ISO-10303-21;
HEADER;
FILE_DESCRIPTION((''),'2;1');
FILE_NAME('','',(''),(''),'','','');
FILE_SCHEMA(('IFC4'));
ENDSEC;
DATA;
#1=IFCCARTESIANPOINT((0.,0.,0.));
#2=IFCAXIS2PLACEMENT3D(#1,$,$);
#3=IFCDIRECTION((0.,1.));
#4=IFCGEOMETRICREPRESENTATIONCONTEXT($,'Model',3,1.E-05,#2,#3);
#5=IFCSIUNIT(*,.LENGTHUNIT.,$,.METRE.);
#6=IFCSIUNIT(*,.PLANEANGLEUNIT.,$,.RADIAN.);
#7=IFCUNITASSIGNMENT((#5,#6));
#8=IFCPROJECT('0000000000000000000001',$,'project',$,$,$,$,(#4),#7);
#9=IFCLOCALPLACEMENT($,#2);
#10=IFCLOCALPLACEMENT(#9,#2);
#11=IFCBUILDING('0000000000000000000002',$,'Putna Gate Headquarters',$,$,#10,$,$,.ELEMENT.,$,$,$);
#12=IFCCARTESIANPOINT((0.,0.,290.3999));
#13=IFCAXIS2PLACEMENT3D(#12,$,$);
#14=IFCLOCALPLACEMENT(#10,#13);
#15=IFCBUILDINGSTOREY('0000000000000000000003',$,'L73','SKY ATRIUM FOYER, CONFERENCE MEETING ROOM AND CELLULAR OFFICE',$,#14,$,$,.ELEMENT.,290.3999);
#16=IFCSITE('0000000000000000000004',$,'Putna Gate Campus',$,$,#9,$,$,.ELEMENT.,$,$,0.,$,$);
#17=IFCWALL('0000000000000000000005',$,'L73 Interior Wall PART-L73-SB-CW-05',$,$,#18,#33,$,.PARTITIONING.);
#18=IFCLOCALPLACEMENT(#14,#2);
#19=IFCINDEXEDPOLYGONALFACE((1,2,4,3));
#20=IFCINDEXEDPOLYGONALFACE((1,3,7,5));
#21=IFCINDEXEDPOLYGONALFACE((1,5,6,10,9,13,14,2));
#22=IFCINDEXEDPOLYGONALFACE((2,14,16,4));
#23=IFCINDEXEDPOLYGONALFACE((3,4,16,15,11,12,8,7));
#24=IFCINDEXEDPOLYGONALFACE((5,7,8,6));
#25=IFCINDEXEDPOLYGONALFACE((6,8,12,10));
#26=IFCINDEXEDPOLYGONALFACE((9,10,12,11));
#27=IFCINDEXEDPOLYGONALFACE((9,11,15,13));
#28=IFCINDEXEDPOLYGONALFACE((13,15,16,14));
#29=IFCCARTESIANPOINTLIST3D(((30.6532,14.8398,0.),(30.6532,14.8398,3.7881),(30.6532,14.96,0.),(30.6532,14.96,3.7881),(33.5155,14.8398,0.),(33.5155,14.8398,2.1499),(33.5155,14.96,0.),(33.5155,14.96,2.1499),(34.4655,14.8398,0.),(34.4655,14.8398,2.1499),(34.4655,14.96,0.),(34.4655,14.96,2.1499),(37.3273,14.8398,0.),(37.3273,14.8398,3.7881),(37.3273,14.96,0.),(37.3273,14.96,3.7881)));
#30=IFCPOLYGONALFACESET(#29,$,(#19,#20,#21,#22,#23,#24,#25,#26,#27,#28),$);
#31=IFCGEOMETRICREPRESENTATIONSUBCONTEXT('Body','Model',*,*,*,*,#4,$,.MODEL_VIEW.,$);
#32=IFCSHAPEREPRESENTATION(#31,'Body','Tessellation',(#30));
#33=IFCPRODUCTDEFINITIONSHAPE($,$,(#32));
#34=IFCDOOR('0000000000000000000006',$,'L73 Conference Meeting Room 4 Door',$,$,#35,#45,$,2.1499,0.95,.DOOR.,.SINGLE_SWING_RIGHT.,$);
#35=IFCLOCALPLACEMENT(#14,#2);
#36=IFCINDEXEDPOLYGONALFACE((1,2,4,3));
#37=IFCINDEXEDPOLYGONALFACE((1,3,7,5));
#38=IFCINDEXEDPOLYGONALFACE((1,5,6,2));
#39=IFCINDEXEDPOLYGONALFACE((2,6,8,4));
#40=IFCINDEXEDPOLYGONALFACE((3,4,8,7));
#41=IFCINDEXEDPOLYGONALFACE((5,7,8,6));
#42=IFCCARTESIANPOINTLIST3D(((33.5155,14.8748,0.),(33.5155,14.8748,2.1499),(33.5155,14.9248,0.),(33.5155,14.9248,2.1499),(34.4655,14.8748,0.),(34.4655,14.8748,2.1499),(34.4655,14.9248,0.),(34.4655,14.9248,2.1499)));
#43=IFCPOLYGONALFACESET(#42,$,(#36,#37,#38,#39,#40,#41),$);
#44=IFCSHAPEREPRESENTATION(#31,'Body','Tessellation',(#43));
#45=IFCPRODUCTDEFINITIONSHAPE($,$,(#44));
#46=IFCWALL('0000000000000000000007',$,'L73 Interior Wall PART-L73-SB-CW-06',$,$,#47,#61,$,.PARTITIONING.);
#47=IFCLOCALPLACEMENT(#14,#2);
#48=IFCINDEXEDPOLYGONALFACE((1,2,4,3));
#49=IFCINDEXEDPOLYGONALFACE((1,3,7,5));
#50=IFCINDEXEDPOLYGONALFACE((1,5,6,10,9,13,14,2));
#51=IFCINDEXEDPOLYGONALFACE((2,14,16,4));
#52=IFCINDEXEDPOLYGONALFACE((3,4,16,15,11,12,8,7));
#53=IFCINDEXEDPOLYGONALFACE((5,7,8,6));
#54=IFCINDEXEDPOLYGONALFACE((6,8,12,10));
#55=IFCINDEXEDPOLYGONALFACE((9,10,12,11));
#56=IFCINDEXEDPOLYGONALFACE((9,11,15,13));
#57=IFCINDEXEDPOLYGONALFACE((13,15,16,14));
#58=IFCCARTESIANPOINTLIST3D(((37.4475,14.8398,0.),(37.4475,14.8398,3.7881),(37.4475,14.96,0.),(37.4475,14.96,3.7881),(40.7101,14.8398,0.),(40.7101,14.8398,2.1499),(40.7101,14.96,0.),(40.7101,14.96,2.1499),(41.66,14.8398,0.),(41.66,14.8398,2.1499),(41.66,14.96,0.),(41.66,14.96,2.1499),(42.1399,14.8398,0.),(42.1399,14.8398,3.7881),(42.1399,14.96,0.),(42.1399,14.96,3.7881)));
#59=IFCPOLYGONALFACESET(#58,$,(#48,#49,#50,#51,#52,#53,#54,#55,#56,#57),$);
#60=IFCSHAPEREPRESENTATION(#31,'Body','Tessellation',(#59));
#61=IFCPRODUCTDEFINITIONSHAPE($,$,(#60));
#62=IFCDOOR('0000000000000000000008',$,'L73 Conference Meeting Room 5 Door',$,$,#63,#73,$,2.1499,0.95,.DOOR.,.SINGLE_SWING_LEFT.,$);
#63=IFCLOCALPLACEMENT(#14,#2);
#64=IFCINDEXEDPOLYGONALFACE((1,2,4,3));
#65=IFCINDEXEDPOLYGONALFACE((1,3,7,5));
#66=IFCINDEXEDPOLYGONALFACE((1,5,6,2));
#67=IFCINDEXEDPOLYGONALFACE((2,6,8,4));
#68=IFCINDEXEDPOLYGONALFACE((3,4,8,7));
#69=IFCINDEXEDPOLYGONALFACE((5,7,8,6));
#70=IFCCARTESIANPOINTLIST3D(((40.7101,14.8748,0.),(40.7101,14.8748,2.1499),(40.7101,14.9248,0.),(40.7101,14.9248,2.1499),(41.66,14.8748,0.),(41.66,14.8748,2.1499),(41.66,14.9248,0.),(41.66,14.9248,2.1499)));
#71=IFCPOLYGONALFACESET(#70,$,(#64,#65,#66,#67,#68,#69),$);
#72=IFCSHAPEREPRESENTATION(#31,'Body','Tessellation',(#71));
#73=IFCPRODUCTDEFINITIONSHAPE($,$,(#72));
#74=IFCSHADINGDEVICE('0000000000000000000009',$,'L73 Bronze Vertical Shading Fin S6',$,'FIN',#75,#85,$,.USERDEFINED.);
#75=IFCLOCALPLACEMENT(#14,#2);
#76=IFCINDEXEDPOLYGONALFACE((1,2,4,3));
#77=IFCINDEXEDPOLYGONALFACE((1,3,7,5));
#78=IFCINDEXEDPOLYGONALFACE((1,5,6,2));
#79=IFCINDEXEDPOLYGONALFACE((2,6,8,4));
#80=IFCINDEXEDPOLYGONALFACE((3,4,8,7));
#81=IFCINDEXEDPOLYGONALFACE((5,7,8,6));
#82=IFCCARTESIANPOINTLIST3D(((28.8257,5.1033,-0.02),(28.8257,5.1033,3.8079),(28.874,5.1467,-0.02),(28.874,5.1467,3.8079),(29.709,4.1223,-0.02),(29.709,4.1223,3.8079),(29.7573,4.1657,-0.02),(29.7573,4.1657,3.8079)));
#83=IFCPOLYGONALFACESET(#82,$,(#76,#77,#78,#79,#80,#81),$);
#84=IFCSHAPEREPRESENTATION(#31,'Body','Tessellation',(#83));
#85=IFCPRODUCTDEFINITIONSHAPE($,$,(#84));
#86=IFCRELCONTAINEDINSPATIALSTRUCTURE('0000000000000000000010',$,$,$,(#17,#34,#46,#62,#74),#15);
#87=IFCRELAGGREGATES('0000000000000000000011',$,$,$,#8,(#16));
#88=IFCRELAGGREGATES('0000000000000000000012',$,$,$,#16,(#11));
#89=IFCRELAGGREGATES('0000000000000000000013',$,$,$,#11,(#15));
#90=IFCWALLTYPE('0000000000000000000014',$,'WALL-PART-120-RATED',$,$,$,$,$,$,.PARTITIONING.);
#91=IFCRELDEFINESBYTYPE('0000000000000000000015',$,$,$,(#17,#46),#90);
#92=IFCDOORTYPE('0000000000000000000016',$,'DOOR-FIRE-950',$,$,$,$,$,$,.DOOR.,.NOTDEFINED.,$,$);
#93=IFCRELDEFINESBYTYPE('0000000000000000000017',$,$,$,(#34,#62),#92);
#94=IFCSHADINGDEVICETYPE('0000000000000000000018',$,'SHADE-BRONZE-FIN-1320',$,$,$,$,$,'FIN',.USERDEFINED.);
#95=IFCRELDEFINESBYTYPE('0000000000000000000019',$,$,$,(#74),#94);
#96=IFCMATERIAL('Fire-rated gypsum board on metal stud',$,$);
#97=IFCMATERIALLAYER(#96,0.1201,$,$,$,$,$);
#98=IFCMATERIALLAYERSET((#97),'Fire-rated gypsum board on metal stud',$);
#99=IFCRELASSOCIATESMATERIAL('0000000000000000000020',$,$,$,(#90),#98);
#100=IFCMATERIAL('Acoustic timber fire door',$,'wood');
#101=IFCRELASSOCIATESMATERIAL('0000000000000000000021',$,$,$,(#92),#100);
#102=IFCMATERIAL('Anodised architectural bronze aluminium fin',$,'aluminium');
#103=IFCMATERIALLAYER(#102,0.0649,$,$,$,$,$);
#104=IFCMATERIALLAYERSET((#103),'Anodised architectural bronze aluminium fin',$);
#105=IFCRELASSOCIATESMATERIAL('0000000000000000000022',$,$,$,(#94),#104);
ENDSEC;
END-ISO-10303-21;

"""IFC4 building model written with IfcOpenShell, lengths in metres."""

from ifc_helpers import new_model, si_unit, direction, frame, frame_2d, origin, origin_2d, place, context, subcontext, project, spatial, rectangle, extrude, material, layer, layer_set, type_object, element, fill, save


model = new_model("IFC4")

# Units and contexts
model_context = context("Model", 3, precision=1e-05, world=origin(), true_north=direction((0.0, 1.0)))
body_context = subcontext(model_context, "Body", "Model", "MODEL_VIEW")
ifc_project = project(units=[si_unit("LENGTHUNIT", "METRE"), si_unit("PLANEANGLEUNIT", "RADIAN")], contexts=[model_context])

# Site, building, storey
site_placement = place(None, origin())
site = spatial("IfcSite", under=ifc_project, at=site_placement, Name="Putna Gate Campus", CompositionType="ELEMENT", RefElevation=0.0)
building_placement = place(site_placement, origin())
building = spatial("IfcBuilding", under=site, at=building_placement, Name="Putna Gate Headquarters", CompositionType="ELEMENT")
storey_placement = place(building_placement, frame((0.0, 0.0, 290.3999)))
storey = spatial("IfcBuildingStorey", under=building, at=storey_placement, Name="L73", Description="SKY ATRIUM FOYER, CONFERENCE MEETING ROOM AND CELLULAR OFFICE", CompositionType="ELEMENT", Elevation=290.3999)

# Walls, openings, doors
ifc_material_1 = material(Name="Fire-rated gypsum board on metal stud")
ifc_layer_1 = layer(ifc_material_1, 0.1201)
ifc_layer_set_1 = layer_set([ifc_layer_1], Name="Fire-rated gypsum board on metal stud")
wall_type_1 = type_object("IfcWallType", Name="WALL-PART-120-RATED", PredefinedType="PARTITIONING", material=ifc_layer_set_1)
wall_1_placement = place(storey_placement, frame((30.6533, 14.8999, 0.0), z_axis=(0.0, 0.0, 1.0), x_axis=(1.0, 0.0, 0.0)))
wall_1 = element("IfcWall", 1, at=wall_1_placement, inside=storey, type_object=wall_type_1, Name="L73 Interior Wall PART-L73-SB-CW-05", PredefinedType="PARTITIONING", context=body_context, shape_type="SweptSolid", body=[
    extrude(rectangle(XDim=6.6741, YDim=0.1201, at=frame_2d((3.3369, 0.0))), origin(), (0.0, 0.0, 1.0), 3.7881),
])
opening_1_placement = place(wall_1_placement, frame((2.8621, 0.0, 0.0)))
opening_1 = element("IfcOpeningElement", 2, at=opening_1_placement, cuts=wall_1, PredefinedType="OPENING", context=body_context, shape_type="SweptSolid", body=[
    extrude(rectangle(XDim=0.95, YDim=2.1499, at=frame_2d((0.4751, 1.075))), frame((0.0, 0.0701, 0.0), z_axis=(0.0, -1.0, 0.0), x_axis=(1.0, 0.0, 0.0)), (0.0, 0.0, 1.0), 0.1401),
])
ifc_material_2 = material(Name="Acoustic timber fire door", Category="wood")
door_type = type_object("IfcDoorType", Name="DOOR-FIRE-950", OperationType="NOTDEFINED", PredefinedType="DOOR", material=ifc_material_2)
door_1_placement = place(opening_1_placement, origin())
door_1 = element("IfcDoor", 3, at=door_1_placement, inside=storey, type_object=door_type, Name="L73 Conference Meeting Room 4 Door", OperationType="SINGLE_SWING_RIGHT", OverallHeight=2.1499, OverallWidth=0.95, PredefinedType="DOOR", context=body_context, shape_type="SweptSolid", body=[
    extrude(rectangle(XDim=0.95, YDim=2.1499, at=frame_2d((0.4751, 1.075))), frame((0.0, 0.0249, 0.0), z_axis=(0.0, -1.0, 0.0), x_axis=(1.0, 0.0, 0.0)), (0.0, 0.0, 1.0), 0.05),
])
fill(opening_1, door_1)
wall_2_placement = place(storey_placement, frame((37.4475, 14.8999, 0.0), z_axis=(0.0, 0.0, 1.0), x_axis=(1.0, 0.0, 0.0)))
wall_2 = element("IfcWall", 4, at=wall_2_placement, inside=storey, type_object=wall_type_1, Name="L73 Interior Wall PART-L73-SB-CW-06", PredefinedType="PARTITIONING", context=body_context, shape_type="SweptSolid", body=[
    extrude(rectangle(XDim=4.6924, YDim=0.1201, at=frame_2d((2.3462, 0.0))), origin(), (0.0, 0.0, 1.0), 3.7881),
])
opening_2_placement = place(wall_2_placement, frame((3.2625, 0.0, 0.0)))
opening_2 = element("IfcOpeningElement", 5, at=opening_2_placement, cuts=wall_2, PredefinedType="OPENING", context=body_context, shape_type="SweptSolid", body=[
    extrude(rectangle(XDim=0.95, YDim=2.1499, at=frame_2d((0.4751, 1.075))), frame((0.0, 0.0701, 0.0), z_axis=(0.0, -1.0, 0.0), x_axis=(1.0, 0.0, 0.0)), (0.0, 0.0, 1.0), 0.1401),
])
door_2_placement = place(opening_2_placement, origin())
door_2 = element("IfcDoor", 6, at=door_2_placement, inside=storey, type_object=door_type, Name="L73 Conference Meeting Room 5 Door", OperationType="SINGLE_SWING_LEFT", OverallHeight=2.1499, OverallWidth=0.95, PredefinedType="DOOR", context=body_context, shape_type="SweptSolid", body=[
    extrude(rectangle(XDim=0.95, YDim=2.1499, at=frame_2d((0.4751, 1.075))), frame((0.0, 0.0249, 0.0), z_axis=(0.0, -1.0, 0.0), x_axis=(1.0, 0.0, 0.0)), (0.0, 0.0, 1.0), 0.05),
])
fill(opening_2, door_2)

# Shading device
ifc_material_3 = material(Name="Anodised architectural bronze aluminium fin", Category="aluminium")
ifc_layer_2 = layer(ifc_material_3, 0.0649)
ifc_layer_set_2 = layer_set([ifc_layer_2], Name="Anodised architectural bronze aluminium fin")
shading_device_type = type_object("IfcShadingDeviceType", Name="SHADE-BRONZE-FIN-1320", ElementType="FIN", PredefinedType="USERDEFINED", material=ifc_layer_set_2)
shading_device_placement = place(storey_placement, frame((29.2915, 4.6345, -0.02), z_axis=(0.0, 0.0, 1.0), x_axis=(0.669131, -0.743145, 0.0)))
element("IfcShadingDevice", 7, at=shading_device_placement, inside=storey, type_object=shading_device_type, Name="L73 Bronze Vertical Shading Fin S6", ObjectType="FIN", PredefinedType="USERDEFINED", context=body_context, shape_type="SweptSolid", body=[
    extrude(rectangle(XDim=1.3201, YDim=0.0649, at=origin_2d()), origin(), (0.0, 0.0, 1.0), 3.8279),
])

save(model, "model.ifc")
